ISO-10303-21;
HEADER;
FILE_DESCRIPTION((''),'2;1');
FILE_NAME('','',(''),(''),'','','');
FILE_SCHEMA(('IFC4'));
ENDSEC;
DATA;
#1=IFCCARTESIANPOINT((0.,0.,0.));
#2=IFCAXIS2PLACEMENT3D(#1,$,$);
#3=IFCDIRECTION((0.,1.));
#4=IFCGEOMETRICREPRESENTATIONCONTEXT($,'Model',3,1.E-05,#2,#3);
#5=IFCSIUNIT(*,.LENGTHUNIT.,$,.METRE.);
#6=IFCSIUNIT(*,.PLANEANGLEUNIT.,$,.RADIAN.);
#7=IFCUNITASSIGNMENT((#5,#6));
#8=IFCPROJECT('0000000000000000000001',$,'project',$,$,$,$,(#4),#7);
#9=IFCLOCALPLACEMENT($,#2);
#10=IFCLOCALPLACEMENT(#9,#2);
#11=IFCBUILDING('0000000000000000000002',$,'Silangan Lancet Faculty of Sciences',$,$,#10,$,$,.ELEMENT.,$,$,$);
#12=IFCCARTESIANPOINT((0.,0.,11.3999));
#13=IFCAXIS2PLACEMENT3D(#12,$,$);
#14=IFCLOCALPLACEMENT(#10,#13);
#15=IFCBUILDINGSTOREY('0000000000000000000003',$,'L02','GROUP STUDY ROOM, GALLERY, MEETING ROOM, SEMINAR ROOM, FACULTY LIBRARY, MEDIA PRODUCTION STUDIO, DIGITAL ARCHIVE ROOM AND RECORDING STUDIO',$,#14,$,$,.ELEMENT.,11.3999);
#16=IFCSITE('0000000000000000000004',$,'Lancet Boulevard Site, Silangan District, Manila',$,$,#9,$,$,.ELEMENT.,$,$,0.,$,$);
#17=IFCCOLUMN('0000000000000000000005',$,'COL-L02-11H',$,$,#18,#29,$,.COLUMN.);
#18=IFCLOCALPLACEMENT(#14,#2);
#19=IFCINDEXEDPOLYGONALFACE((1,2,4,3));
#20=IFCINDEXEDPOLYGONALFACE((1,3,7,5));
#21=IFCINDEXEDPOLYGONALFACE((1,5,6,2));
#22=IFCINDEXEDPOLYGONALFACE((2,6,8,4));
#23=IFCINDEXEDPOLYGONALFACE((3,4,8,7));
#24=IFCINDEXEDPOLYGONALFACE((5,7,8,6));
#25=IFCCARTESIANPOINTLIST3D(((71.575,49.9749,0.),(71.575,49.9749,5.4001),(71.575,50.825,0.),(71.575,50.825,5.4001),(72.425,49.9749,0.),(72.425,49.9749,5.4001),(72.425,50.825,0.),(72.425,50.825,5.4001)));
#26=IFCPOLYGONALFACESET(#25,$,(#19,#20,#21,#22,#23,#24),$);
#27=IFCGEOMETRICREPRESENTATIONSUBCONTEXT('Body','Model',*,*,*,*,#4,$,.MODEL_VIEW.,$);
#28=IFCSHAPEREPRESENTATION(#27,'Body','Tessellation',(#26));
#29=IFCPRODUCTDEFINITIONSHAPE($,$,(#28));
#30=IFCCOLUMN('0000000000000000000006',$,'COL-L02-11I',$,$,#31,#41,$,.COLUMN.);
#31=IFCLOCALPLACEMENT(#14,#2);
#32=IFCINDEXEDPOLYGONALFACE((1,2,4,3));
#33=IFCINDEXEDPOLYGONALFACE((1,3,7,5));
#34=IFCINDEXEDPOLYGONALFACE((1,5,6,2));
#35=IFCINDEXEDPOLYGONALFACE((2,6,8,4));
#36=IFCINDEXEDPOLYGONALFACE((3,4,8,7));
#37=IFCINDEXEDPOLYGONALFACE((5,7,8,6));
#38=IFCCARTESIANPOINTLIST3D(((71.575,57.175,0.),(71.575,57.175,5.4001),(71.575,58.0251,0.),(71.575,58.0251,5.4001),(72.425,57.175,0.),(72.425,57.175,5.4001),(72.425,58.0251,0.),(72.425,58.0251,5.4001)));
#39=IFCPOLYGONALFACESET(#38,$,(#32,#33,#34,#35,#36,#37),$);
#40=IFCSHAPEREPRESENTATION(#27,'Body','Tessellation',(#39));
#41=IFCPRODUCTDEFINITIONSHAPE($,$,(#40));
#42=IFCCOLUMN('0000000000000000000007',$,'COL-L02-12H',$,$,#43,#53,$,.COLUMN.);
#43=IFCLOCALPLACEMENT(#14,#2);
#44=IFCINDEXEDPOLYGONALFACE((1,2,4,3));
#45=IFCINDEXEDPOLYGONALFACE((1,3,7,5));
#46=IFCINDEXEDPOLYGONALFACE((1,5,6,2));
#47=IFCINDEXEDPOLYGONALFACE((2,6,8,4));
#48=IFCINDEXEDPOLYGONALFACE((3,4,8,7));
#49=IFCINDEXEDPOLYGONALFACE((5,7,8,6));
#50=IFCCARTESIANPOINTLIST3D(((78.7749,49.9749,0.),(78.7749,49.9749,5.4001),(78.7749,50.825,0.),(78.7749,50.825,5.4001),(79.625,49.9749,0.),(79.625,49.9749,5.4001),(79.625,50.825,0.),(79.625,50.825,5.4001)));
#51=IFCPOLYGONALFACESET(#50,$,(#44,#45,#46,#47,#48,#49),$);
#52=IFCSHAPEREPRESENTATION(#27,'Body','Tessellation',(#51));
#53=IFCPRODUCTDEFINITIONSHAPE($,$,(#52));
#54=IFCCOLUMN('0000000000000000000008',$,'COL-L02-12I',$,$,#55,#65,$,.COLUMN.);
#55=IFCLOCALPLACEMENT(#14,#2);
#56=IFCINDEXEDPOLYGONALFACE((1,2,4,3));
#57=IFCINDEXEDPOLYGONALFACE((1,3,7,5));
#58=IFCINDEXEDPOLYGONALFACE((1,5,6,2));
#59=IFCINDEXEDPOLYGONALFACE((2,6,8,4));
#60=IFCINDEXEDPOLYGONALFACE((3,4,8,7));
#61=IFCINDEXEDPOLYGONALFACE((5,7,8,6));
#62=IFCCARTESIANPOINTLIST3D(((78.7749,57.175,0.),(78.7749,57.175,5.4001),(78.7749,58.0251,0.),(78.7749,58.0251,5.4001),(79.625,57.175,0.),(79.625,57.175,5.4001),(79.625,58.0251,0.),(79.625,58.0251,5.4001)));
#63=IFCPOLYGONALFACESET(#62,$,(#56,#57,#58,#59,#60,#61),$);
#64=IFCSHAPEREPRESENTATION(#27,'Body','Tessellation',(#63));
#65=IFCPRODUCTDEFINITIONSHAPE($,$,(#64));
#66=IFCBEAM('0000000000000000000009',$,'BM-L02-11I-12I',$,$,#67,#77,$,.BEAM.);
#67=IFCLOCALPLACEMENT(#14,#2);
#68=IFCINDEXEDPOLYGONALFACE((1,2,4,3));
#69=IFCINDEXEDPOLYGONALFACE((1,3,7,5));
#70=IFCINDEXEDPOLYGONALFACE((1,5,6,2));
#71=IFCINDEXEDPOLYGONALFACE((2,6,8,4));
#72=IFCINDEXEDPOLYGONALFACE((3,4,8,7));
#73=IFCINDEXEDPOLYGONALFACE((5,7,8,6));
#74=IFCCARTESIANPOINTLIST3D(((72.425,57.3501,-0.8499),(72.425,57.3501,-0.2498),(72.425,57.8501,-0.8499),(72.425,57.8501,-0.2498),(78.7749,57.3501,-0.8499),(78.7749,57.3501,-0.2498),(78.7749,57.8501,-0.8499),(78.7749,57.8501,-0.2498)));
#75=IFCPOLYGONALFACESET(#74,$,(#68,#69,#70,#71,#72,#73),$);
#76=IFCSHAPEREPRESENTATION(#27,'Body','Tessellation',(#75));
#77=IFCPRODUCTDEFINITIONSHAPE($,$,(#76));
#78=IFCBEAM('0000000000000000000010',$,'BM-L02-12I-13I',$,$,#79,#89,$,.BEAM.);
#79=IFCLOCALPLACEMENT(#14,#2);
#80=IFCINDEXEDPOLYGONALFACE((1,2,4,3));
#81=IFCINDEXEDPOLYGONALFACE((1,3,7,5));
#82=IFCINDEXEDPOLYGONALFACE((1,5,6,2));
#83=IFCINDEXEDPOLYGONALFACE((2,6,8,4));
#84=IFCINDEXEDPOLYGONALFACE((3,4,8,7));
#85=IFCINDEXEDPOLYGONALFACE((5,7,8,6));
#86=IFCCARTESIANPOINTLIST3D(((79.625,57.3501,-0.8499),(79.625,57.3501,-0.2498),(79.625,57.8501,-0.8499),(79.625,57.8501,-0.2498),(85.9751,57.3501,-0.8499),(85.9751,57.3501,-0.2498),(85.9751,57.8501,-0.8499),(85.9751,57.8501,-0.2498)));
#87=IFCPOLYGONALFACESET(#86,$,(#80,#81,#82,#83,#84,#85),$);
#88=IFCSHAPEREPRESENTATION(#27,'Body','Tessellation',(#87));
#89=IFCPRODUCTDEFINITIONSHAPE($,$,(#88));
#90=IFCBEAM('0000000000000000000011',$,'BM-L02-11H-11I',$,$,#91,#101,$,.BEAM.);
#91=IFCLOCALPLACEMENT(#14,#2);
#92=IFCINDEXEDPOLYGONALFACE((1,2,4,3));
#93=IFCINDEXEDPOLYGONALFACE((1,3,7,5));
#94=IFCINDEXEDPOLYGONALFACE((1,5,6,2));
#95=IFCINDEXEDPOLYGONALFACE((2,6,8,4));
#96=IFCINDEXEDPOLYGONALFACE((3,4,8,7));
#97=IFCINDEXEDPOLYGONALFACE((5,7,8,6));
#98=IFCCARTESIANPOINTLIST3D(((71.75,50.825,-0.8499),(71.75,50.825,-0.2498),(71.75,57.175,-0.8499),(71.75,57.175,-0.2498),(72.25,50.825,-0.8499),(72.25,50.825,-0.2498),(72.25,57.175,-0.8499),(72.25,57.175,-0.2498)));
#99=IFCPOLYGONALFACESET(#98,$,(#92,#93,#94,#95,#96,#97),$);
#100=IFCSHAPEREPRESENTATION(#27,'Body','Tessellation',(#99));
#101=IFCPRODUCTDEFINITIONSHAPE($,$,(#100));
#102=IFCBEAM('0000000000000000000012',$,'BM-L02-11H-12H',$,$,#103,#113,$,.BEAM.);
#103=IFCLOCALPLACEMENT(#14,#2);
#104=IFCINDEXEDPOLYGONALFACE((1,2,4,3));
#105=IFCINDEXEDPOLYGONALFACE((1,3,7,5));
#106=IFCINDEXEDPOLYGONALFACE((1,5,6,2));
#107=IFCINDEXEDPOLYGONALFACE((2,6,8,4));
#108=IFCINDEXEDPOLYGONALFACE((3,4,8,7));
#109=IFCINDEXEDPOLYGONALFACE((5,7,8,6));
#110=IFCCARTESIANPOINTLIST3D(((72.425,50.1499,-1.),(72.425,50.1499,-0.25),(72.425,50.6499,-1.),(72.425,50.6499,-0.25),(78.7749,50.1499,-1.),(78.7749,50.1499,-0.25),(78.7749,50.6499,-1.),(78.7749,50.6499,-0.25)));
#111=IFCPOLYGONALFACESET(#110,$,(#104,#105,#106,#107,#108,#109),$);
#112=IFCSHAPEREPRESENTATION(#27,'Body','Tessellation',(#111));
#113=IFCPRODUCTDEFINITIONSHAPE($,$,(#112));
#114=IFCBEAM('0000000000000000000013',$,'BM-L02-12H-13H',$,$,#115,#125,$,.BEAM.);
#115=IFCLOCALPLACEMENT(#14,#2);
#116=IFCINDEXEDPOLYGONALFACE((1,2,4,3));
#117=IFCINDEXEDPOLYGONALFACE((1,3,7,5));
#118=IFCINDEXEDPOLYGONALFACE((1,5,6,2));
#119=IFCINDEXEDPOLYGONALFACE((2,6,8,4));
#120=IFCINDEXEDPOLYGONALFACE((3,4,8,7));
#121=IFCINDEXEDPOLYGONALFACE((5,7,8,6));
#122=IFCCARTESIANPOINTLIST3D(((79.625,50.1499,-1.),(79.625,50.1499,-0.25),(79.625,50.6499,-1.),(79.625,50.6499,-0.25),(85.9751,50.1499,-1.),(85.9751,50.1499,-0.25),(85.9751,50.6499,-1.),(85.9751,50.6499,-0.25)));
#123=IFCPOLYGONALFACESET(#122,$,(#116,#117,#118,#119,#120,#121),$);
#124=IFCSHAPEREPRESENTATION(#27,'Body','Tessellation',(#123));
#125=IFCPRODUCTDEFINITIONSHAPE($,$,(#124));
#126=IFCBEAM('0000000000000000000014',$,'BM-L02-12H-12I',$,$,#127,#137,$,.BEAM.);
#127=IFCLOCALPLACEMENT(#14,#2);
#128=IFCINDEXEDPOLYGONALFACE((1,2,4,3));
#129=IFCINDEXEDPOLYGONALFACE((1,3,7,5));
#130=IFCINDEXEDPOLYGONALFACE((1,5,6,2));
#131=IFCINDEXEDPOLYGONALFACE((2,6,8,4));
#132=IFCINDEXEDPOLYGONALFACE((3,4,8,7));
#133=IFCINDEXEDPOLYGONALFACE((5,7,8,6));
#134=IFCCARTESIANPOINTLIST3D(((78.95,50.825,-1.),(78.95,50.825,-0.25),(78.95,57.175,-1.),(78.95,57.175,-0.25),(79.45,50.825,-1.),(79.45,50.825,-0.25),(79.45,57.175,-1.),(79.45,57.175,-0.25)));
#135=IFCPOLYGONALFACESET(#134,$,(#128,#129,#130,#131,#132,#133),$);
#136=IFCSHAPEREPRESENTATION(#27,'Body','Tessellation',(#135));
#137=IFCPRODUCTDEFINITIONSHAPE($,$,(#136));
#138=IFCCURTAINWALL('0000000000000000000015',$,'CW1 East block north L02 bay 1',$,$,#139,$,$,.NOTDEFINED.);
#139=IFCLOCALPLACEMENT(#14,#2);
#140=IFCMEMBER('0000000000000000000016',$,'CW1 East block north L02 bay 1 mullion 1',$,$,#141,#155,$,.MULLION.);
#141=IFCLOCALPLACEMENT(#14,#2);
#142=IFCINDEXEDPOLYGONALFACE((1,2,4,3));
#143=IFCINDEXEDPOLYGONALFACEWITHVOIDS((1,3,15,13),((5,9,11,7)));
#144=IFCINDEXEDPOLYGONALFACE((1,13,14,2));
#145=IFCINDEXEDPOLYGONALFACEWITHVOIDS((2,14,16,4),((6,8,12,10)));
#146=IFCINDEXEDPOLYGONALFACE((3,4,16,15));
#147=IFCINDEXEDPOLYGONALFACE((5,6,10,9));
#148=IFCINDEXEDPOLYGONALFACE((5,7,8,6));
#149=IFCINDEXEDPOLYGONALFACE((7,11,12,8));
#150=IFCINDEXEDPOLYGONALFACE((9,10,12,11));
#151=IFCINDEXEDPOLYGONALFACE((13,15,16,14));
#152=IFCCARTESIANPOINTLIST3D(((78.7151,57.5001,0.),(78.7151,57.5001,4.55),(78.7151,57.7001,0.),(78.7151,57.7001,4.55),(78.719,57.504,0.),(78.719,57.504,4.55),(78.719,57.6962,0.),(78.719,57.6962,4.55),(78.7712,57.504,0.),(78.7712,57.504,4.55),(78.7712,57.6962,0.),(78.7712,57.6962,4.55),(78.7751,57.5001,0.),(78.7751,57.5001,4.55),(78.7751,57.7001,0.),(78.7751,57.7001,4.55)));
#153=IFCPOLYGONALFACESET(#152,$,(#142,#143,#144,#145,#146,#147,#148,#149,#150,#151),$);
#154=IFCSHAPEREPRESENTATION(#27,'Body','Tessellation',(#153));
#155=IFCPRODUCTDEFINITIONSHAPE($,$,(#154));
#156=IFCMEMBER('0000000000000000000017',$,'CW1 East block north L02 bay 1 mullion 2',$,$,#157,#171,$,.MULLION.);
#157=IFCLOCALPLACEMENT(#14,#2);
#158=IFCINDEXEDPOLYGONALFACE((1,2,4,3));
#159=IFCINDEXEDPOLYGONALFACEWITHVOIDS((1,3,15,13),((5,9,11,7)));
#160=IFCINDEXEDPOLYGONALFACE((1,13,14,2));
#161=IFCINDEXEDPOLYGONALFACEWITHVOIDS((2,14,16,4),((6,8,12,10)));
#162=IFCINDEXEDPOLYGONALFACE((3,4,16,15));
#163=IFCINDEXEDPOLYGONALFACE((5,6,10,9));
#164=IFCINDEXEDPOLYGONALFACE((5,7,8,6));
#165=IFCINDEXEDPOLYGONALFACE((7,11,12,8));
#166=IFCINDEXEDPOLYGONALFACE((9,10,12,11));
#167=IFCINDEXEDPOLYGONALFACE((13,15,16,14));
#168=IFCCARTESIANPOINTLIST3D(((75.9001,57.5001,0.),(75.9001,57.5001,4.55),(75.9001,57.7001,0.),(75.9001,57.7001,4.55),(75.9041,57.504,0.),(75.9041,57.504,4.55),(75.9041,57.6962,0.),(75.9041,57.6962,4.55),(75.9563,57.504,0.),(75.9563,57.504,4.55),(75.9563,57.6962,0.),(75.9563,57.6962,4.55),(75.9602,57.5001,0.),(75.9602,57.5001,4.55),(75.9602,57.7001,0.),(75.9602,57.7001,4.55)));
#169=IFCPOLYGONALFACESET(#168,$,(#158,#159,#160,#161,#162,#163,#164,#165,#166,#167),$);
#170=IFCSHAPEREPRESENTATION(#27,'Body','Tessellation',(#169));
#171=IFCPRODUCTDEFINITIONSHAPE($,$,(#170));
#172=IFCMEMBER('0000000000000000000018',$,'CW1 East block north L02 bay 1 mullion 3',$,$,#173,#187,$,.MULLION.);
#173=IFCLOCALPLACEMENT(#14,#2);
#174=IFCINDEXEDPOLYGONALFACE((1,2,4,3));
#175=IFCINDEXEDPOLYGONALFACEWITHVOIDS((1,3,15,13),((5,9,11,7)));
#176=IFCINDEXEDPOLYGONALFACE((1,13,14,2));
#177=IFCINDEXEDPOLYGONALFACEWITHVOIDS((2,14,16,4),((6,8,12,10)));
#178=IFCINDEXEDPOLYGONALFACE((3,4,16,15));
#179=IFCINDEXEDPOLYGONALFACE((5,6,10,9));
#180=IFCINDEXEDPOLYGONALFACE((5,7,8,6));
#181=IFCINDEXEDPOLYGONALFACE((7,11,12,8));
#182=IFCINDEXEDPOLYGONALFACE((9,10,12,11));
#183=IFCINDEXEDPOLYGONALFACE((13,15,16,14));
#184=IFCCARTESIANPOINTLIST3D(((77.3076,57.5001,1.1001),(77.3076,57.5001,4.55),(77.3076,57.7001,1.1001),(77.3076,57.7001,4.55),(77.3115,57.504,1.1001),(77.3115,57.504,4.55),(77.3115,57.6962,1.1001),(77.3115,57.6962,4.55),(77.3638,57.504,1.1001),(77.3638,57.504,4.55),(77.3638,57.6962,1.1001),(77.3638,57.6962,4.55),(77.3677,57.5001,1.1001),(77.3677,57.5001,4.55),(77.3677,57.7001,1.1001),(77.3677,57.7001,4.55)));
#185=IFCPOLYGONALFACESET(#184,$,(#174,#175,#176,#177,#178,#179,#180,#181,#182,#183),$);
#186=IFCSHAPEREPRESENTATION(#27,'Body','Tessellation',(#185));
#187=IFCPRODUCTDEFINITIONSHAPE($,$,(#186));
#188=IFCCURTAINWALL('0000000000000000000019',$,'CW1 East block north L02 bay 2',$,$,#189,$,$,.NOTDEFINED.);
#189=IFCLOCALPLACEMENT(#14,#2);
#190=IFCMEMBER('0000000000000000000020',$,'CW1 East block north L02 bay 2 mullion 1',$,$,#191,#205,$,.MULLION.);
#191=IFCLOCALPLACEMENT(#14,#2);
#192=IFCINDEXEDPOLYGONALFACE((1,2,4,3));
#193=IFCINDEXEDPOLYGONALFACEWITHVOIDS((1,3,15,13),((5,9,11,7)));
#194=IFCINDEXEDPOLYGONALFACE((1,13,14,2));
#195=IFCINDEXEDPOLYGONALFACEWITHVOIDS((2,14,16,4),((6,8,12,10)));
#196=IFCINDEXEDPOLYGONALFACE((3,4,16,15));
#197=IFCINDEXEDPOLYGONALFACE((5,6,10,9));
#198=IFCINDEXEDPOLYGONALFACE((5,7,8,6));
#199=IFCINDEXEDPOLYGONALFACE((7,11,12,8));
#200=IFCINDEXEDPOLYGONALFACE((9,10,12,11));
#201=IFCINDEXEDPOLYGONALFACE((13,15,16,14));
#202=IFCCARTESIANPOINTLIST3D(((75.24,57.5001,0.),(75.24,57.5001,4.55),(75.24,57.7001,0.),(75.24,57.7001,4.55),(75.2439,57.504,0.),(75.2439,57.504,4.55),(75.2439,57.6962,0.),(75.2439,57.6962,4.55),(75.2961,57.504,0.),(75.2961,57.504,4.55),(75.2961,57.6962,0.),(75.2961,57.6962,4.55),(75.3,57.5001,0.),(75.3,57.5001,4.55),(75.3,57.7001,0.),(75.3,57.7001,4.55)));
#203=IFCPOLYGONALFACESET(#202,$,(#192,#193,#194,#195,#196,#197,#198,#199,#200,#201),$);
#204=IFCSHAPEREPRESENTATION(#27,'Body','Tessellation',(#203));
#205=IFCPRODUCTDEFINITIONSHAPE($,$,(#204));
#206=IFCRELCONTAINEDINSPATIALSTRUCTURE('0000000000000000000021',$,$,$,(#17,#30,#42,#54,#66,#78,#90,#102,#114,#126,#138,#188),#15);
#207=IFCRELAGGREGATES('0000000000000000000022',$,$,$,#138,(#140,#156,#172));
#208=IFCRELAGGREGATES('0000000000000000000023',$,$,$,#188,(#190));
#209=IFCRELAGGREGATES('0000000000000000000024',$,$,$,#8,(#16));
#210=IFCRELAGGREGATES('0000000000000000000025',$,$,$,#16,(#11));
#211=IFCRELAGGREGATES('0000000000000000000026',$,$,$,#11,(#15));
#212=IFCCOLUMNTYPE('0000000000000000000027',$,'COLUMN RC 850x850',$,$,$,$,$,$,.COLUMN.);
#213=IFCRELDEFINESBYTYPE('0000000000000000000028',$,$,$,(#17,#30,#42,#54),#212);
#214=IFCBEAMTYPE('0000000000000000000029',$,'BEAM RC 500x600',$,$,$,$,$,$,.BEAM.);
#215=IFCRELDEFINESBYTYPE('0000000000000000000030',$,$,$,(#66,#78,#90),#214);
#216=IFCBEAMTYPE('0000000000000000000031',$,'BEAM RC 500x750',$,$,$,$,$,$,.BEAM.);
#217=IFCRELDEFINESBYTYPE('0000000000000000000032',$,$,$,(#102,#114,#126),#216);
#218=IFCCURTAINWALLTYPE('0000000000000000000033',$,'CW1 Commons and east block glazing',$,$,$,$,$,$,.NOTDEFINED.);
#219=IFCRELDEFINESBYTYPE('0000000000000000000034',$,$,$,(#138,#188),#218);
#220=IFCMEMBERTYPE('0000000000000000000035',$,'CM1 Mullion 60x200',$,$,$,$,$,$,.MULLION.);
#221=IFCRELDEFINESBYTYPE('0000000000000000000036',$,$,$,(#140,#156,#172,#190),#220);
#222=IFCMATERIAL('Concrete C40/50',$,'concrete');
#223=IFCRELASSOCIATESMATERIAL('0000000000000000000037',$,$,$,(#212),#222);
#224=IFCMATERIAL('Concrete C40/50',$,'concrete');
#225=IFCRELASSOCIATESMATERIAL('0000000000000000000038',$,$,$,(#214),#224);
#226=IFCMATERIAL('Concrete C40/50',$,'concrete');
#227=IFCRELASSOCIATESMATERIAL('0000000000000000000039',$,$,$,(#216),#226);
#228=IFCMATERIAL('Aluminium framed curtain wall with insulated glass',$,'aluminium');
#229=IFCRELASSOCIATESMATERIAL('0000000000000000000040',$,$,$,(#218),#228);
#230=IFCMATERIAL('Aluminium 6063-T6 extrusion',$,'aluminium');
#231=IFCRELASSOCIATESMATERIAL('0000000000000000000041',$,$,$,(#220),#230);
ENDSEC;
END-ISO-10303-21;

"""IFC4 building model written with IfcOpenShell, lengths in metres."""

from ifc_helpers import new_model, si_unit, direction, frame, origin, origin_2d, place, context, subcontext, project, spatial, rectangle, hollow_rectangle, extrude, material, material_profile, profile_set, type_object, element, aggregate, save


model = new_model("IFC4")

# Units and contexts
model_context = context("Model", 3, precision=1e-05, world=origin(), true_north=direction((0.0, 1.0)))
body_context = subcontext(model_context, "Body", "Model", "MODEL_VIEW")
ifc_project = project(units=[si_unit("LENGTHUNIT", "METRE"), si_unit("PLANEANGLEUNIT", "RADIAN")], contexts=[model_context])

# Site, building, storey
site_placement = place(None, origin())
site = spatial("IfcSite", under=ifc_project, at=site_placement, Name="Lancet Boulevard Site, Silangan District, Manila", CompositionType="ELEMENT", RefElevation=0.0)
building_placement = place(site_placement, origin())
building = spatial("IfcBuilding", under=site, at=building_placement, Name="Silangan Lancet Faculty of Sciences", CompositionType="ELEMENT")
storey_placement = place(building_placement, frame((0.0, 0.0, 11.3999)))
storey = spatial("IfcBuildingStorey", under=building, at=storey_placement, Name="L02", Description="GROUP STUDY ROOM, GALLERY, MEETING ROOM, SEMINAR ROOM, FACULTY LIBRARY, MEDIA PRODUCTION STUDIO, DIGITAL ARCHIVE ROOM AND RECORDING STUDIO", CompositionType="ELEMENT", Elevation=11.3999)

# Columns
ifc_material_1 = material(Name="Concrete C40/50", Category="concrete")
ifc_material_profile_1 = material_profile(ifc_material_1, rectangle(XDim=0.8501, YDim=0.8501, at=origin_2d()), Name="RC 850x850")
ifc_profile_set_1 = profile_set([ifc_material_profile_1], Name="Concrete C40/50")
column_type = type_object("IfcColumnType", Name="COLUMN RC 850x850", PredefinedType="COLUMN", material=ifc_profile_set_1)
for number, where, z_axis, x_axis, name in (
    (1, (72.0, 50.3999, 0.0), (0.0, 0.0, 1.0), (1.0, 0.0, 0.0), "COL-L02-11H"),
    (2, (72.0, 57.6001, 0.0), (0.0, 0.0, 1.0), (1.0, 0.0, 0.0), "COL-L02-11I"),
    (3, (79.2, 50.3999, 0.0), (0.0, 0.0, 1.0), (1.0, 0.0, 0.0), "COL-L02-12H"),
    (4, (79.2, 57.6001, 0.0), (0.0, 0.0, 1.0), (1.0, 0.0, 0.0), "COL-L02-12I"),
):
    element("IfcColumn", number, at=place(storey_placement, frame(where, z_axis=z_axis, x_axis=x_axis)), inside=storey, type_object=column_type, Name=name, PredefinedType="COLUMN", context=body_context, shape_type="SweptSolid", body=[
        extrude(rectangle(XDim=0.8501, YDim=0.8501, at=origin_2d()), origin(), (0.0, 0.0, 1.0), 5.4001),
    ])

# Beams
ifc_material_2 = material(Name="Concrete C40/50", Category="concrete")
ifc_material_profile_2 = material_profile(ifc_material_2, rectangle(XDim=0.5, YDim=0.6001, at=origin_2d()), Name="RC 500x600")
ifc_profile_set_2 = profile_set([ifc_material_profile_2], Name="Concrete C40/50")
beam_type_1 = type_object("IfcBeamType", Name="BEAM RC 500x600", PredefinedType="BEAM", material=ifc_profile_set_2)
beam_1_placement = place(storey_placement, frame((72.425, 57.6001, -0.5498), z_axis=(1.0, 0.0, 0.0), x_axis=(0.0, 1.0, 0.0)))
element("IfcBeam", 5, at=beam_1_placement, inside=storey, type_object=beam_type_1, Name="BM-L02-11I-12I", PredefinedType="BEAM", context=body_context, shape_type="SweptSolid", body=[
    extrude(rectangle(XDim=0.5, YDim=0.6001, at=origin_2d()), origin(), (0.0, 0.0, 1.0), 6.3499),
])
for number, where, z_axis, x_axis, name in (
    (6, (79.625, 57.6001, -0.5498), (1.0, 0.0, 0.0), (0.0, 1.0, 0.0), "BM-L02-12I-13I"),
    (7, (72.0, 50.825, -0.5498), (0.0, 1.0, 0.0), (-1.0, 0.0, 0.0), "BM-L02-11H-11I"),
):
    element("IfcBeam", number, at=place(storey_placement, frame(where, z_axis=z_axis, x_axis=x_axis)), inside=storey, type_object=beam_type_1, Name=name, PredefinedType="BEAM", context=body_context, shape_type="SweptSolid", body=[
        extrude(rectangle(XDim=0.5, YDim=0.6001, at=origin_2d()), origin(), (0.0, 0.0, 1.0), 6.3501),
    ])
ifc_material_3 = material(Name="Concrete C40/50", Category="concrete")
ifc_material_profile_3 = material_profile(ifc_material_3, rectangle(XDim=0.5, YDim=0.75, at=origin_2d()), Name="RC 500x750")
ifc_profile_set_3 = profile_set([ifc_material_profile_3], Name="Concrete C40/50")
beam_type_2 = type_object("IfcBeamType", Name="BEAM RC 500x750", PredefinedType="BEAM", material=ifc_profile_set_3)
beam_2_placement = place(storey_placement, frame((72.425, 50.3999, -0.625), z_axis=(1.0, 0.0, 0.0), x_axis=(0.0, 1.0, 0.0)))
element("IfcBeam", 8, at=beam_2_placement, inside=storey, type_object=beam_type_2, Name="BM-L02-11H-12H", PredefinedType="BEAM", context=body_context, shape_type="SweptSolid", body=[
    extrude(rectangle(XDim=0.5, YDim=0.75, at=origin_2d()), origin(), (0.0, 0.0, 1.0), 6.3499),
])
for number, where, z_axis, x_axis, name in (
    (9, (79.625, 50.3999, -0.625), (1.0, 0.0, 0.0), (0.0, 1.0, 0.0), "BM-L02-12H-13H"),
    (10, (79.2, 50.825, -0.625), (0.0, 1.0, 0.0), (-1.0, 0.0, 0.0), "BM-L02-12H-12I"),
):
    element("IfcBeam", number, at=place(storey_placement, frame(where, z_axis=z_axis, x_axis=x_axis)), inside=storey, type_object=beam_type_2, Name=name, PredefinedType="BEAM", context=body_context, shape_type="SweptSolid", body=[
        extrude(rectangle(XDim=0.5, YDim=0.75, at=origin_2d()), origin(), (0.0, 0.0, 1.0), 6.3501),
    ])

# Curtain walls, members
ifc_material_4 = material(Name="Aluminium framed curtain wall with insulated glass", Category="aluminium")
curtain_wall_type = type_object("IfcCurtainWallType", Name="CW1 Commons and east block glazing", PredefinedType="NOTDEFINED", material=ifc_material_4)
curtain_wall_1_placement = place(storey_placement, origin())
curtain_wall_1 = element("IfcCurtainWall", 11, at=curtain_wall_1_placement, inside=storey, type_object=curtain_wall_type, Name="CW1 East block north L02 bay 1", PredefinedType="NOTDEFINED")
ifc_material_5 = material(Name="Aluminium 6063-T6 extrusion", Category="aluminium")
ifc_material_profile_4 = material_profile(ifc_material_5, hollow_rectangle(XDim=0.0601, YDim=0.2, WallThickness=0.0039, at=origin_2d()), Name="AL BOX 60x200x4")
ifc_profile_set_4 = profile_set([ifc_material_profile_4], Name="Aluminium 6063-T6 extrusion")
member_type_1 = type_object("IfcMemberType", Name="CM1 Mullion 60x200", PredefinedType="MULLION", material=ifc_profile_set_4)
member_1_placement = place(storey_placement, frame((78.7451, 57.6001, 0.0), z_axis=(0.0, 0.0, 1.0), x_axis=(-1.0, 0.0, 0.0)))
member_1 = element("IfcMember", 12, at=member_1_placement, type_object=member_type_1, Name="CW1 East block north L02 bay 1 mullion 1", PredefinedType="MULLION", context=body_context, shape_type="SweptSolid", body=[
    extrude(hollow_rectangle(XDim=0.0601, YDim=0.2, WallThickness=0.0039, at=origin_2d()), origin(), (0.0, 0.0, 1.0), 4.55),
])
member_2_placement = place(storey_placement, frame((75.9302, 57.6001, 0.0), z_axis=(0.0, 0.0, 1.0), x_axis=(-1.0, 0.0, 0.0)))
member_2 = element("IfcMember", 13, at=member_2_placement, type_object=member_type_1, Name="CW1 East block north L02 bay 1 mullion 2", PredefinedType="MULLION", context=body_context, shape_type="SweptSolid", body=[
    extrude(hollow_rectangle(XDim=0.0601, YDim=0.2, WallThickness=0.0039, at=origin_2d()), origin(), (0.0, 0.0, 1.0), 4.55),
])
member_3_placement = place(storey_placement, frame((77.3376, 57.6001, 1.1001), z_axis=(0.0, 0.0, 1.0), x_axis=(-1.0, 0.0, 0.0)))
member_3 = element("IfcMember", 14, at=member_3_placement, type_object=member_type_1, Name="CW1 East block north L02 bay 1 mullion 3", PredefinedType="MULLION", context=body_context, shape_type="SweptSolid", body=[
    extrude(hollow_rectangle(XDim=0.0601, YDim=0.2, WallThickness=0.0039, at=origin_2d()), origin(), (0.0, 0.0, 1.0), 3.45),
])
curtain_wall_2_placement = place(storey_placement, origin())
curtain_wall_2 = element("IfcCurtainWall", 15, at=curtain_wall_2_placement, inside=storey, type_object=curtain_wall_type, Name="CW1 East block north L02 bay 2", PredefinedType="NOTDEFINED")
member_4_placement = place(storey_placement, frame((75.27, 57.6001, 0.0), z_axis=(0.0, 0.0, 1.0), x_axis=(-1.0, 0.0, 0.0)))
member_4 = element("IfcMember", 16, at=member_4_placement, type_object=member_type_1, Name="CW1 East block north L02 bay 2 mullion 1", PredefinedType="MULLION", context=body_context, shape_type="SweptSolid", body=[
    extrude(hollow_rectangle(XDim=0.0601, YDim=0.2, WallThickness=0.0039, at=origin_2d()), origin(), (0.0, 0.0, 1.0), 4.55),
])

aggregate(curtain_wall_1, [member_1, member_2, member_3])
aggregate(curtain_wall_2, [member_4])

save(model, "model.ifc")
